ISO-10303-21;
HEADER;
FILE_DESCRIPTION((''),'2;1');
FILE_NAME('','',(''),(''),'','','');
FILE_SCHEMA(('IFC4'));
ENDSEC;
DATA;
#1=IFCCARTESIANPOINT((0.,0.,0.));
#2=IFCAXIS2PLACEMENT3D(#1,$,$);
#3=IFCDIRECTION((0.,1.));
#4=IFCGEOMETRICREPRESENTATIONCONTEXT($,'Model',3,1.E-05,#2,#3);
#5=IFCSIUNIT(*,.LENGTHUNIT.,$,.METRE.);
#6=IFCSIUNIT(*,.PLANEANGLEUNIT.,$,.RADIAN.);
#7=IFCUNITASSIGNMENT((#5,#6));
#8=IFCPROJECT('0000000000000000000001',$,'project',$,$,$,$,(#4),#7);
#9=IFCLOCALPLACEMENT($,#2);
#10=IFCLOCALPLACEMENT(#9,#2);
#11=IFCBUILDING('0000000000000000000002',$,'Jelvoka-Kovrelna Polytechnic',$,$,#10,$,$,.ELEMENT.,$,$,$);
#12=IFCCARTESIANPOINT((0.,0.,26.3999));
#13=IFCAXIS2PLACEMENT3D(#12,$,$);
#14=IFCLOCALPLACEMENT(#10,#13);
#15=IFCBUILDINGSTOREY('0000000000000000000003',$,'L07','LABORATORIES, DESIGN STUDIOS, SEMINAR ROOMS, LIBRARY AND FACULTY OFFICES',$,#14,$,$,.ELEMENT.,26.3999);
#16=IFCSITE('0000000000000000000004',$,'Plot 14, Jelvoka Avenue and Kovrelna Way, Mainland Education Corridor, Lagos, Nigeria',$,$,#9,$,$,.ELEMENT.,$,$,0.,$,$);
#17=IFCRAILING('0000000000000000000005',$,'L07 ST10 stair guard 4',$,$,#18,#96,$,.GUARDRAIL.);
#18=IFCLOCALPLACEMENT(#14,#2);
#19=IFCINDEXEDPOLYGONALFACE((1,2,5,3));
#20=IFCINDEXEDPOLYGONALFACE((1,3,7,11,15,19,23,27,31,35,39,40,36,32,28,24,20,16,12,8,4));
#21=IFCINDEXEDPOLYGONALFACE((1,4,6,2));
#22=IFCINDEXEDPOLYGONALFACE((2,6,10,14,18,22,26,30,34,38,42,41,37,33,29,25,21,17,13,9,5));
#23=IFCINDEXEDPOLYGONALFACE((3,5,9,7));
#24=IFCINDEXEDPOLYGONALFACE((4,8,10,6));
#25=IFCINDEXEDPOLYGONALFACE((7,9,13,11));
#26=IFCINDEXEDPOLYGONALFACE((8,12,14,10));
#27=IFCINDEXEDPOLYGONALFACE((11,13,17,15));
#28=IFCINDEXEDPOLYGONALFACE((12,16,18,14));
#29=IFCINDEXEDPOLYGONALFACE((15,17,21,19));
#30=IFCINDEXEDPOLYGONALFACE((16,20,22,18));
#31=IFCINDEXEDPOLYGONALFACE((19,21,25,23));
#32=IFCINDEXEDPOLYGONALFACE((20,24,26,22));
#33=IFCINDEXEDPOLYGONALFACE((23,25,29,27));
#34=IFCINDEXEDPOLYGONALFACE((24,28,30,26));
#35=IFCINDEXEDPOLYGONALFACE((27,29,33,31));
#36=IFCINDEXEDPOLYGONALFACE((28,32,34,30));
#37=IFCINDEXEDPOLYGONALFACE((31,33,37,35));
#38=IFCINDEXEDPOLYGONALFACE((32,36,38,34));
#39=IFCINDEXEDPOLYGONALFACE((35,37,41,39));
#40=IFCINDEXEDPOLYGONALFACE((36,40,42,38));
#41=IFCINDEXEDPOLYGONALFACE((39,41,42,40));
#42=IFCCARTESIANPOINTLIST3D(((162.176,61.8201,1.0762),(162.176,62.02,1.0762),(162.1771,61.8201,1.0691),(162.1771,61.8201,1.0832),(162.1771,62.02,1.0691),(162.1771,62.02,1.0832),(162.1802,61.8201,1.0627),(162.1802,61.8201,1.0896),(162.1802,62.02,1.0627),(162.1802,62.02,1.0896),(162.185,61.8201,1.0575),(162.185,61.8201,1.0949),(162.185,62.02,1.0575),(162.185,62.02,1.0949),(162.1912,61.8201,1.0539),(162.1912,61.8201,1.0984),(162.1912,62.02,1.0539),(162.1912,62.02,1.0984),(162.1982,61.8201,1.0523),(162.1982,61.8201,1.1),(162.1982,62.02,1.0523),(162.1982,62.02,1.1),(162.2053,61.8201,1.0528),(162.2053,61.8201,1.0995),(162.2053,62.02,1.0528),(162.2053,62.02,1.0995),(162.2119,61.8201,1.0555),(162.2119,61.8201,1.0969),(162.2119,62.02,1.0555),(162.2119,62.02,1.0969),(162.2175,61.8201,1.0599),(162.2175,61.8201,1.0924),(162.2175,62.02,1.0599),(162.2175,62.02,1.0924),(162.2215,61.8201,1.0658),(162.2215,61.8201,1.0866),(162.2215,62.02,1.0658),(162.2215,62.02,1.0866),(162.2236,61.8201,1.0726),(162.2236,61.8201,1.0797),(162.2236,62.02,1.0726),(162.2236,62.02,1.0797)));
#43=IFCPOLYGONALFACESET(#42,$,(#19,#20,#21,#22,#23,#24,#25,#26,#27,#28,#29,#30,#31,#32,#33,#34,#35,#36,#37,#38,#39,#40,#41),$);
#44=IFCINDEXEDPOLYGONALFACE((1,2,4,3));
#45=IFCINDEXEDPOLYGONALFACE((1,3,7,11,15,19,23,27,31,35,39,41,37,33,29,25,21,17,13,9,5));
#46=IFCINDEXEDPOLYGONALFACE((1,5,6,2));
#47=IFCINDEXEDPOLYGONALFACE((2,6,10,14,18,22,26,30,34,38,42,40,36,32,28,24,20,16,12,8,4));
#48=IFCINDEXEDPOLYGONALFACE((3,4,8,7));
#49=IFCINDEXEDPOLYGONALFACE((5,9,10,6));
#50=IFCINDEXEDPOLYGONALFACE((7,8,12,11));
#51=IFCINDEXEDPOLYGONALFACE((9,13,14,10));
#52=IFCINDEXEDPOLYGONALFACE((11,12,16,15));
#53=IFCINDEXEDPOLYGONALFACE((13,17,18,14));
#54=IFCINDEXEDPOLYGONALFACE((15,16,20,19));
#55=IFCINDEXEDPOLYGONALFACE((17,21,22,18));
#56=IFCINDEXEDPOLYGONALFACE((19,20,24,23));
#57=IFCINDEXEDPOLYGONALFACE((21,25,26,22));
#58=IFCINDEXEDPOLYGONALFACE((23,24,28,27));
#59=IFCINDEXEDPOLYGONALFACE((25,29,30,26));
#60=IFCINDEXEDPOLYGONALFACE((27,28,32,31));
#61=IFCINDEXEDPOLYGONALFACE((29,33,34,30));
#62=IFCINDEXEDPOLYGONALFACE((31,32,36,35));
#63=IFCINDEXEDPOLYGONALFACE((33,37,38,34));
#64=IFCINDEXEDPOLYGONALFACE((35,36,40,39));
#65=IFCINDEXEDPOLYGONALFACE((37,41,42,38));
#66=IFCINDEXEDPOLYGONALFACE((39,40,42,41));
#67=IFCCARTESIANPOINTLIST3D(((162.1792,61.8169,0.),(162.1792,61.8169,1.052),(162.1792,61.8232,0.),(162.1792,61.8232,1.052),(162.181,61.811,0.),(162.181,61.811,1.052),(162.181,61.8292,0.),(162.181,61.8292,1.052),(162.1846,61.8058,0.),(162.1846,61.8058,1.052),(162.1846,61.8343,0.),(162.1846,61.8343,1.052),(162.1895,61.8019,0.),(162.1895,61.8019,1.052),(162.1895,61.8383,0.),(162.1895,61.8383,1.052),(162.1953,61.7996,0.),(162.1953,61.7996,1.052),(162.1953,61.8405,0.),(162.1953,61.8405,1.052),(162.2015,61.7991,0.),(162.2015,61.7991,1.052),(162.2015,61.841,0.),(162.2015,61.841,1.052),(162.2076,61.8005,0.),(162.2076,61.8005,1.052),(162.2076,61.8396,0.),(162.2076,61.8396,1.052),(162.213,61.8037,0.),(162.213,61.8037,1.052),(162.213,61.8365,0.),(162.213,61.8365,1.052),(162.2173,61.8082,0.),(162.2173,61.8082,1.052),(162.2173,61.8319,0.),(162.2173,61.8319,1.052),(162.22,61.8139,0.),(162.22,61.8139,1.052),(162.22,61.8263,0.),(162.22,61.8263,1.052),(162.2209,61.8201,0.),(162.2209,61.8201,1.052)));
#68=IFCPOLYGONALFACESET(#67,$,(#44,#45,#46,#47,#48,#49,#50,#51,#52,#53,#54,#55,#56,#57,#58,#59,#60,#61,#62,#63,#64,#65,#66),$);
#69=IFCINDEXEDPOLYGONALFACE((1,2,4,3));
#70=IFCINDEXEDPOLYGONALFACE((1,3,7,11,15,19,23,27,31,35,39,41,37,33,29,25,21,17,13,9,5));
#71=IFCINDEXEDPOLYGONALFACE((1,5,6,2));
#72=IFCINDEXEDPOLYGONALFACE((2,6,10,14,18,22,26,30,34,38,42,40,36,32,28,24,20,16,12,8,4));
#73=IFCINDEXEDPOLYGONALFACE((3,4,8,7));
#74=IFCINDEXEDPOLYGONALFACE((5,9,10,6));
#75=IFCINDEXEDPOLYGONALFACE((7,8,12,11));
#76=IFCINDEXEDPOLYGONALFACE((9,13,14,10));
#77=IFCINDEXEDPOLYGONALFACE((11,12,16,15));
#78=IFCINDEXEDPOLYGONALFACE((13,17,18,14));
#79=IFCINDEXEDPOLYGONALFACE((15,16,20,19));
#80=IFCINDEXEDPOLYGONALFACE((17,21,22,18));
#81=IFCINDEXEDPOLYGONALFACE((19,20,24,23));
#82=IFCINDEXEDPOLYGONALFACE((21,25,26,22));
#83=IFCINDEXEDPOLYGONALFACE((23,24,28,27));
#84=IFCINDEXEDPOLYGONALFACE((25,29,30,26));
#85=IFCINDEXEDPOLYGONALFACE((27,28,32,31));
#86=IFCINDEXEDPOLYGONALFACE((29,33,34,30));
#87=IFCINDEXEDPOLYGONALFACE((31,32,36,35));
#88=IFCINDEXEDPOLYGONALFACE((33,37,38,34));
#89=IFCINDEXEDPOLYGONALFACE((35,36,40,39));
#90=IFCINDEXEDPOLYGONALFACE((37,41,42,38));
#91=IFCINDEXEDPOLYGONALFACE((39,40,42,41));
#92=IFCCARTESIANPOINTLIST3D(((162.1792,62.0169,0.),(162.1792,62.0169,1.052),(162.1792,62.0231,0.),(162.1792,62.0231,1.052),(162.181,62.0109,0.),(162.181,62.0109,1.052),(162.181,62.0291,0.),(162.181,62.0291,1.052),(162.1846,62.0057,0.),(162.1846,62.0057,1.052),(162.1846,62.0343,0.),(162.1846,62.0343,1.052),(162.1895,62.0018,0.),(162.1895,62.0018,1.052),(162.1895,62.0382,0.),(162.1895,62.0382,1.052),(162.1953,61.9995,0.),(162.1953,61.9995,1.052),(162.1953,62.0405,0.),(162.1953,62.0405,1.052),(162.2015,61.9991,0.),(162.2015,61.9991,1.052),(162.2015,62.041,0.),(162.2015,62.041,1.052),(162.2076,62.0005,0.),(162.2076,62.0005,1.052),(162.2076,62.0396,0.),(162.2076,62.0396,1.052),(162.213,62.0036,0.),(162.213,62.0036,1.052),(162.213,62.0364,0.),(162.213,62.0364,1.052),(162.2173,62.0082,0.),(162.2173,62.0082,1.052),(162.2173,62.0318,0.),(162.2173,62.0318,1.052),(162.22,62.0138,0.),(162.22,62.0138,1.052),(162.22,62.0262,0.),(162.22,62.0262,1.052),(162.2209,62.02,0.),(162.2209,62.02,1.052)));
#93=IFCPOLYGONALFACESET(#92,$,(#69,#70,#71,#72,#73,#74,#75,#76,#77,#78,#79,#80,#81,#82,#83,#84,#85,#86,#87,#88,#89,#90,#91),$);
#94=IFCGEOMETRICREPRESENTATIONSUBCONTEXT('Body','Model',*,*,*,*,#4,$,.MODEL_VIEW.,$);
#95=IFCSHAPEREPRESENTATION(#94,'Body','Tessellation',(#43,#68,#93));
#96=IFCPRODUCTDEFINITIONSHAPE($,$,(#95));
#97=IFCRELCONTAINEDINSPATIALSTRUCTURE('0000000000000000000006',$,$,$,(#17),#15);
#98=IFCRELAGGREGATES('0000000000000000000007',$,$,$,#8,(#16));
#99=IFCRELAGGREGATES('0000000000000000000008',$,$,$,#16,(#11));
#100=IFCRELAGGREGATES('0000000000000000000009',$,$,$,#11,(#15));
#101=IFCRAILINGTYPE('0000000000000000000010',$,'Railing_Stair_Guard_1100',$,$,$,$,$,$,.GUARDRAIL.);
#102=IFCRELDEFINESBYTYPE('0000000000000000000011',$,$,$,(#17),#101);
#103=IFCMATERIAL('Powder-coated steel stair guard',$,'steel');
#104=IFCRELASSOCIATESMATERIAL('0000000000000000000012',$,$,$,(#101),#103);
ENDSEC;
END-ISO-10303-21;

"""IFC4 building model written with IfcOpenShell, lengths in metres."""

from ifc_helpers import new_model, si_unit, direction, frame, origin, origin_2d, place, context, subcontext, project, spatial, circle, extrude, material, type_object, element, save


model = new_model("IFC4")

# Units and contexts
model_context = context("Model", 3, precision=1e-05, world=origin(), true_north=direction((0.0, 1.0)))
body_context = subcontext(model_context, "Body", "Model", "MODEL_VIEW")
ifc_project = project(units=[si_unit("LENGTHUNIT", "METRE"), si_unit("PLANEANGLEUNIT", "RADIAN")], contexts=[model_context])

# Site, building, storey
site_placement = place(None, origin())
site = spatial("IfcSite", under=ifc_project, at=site_placement, Name="Plot 14, Jelvoka Avenue and Kovrelna Way, Mainland Education Corridor, Lagos, Nigeria", CompositionType="ELEMENT", RefElevation=0.0)
building_placement = place(site_placement, origin())
building = spatial("IfcBuilding", under=site, at=building_placement, Name="Jelvoka-Kovrelna Polytechnic", CompositionType="ELEMENT")
storey_placement = place(building_placement, frame((0.0, 0.0, 26.3999)))
storey = spatial("IfcBuildingStorey", under=building, at=storey_placement, Name="L07", Description="LABORATORIES, DESIGN STUDIOS, SEMINAR ROOMS, LIBRARY AND FACULTY OFFICES", CompositionType="ELEMENT", Elevation=26.3999)

# Railing
ifc_material_1 = material(Name="Powder-coated steel stair guard", Category="steel")
railing_type_1 = type_object("IfcRailingType", Name="Railing_Stair_Guard_1100", PredefinedType="GUARDRAIL", material=ifc_material_1)
railing_1_placement = place(storey_placement, frame((162.2, 61.8201, 0.0)))
element("IfcRailing", 1, at=railing_1_placement, inside=storey, type_object=railing_type_1, Name="L07 ST10 stair guard 4", PredefinedType="GUARDRAIL", context=body_context, shape_type="SweptSolid", body=[
    extrude(circle(Radius=0.0239, at=origin_2d()), frame((0.0, 0.0, 1.0762), z_axis=(0.0, 1.0, 0.0), x_axis=(-1.0, 0.0, 0.0)), (0.0, 0.0, 1.0), 0.2),
    extrude(circle(Radius=0.021, at=origin_2d()), origin(), (0.0, 0.0, 1.0), 1.052),
    extrude(circle(Radius=0.021, at=origin_2d()), frame((0.0, 0.2, 0.0)), (0.0, 0.0, 1.0), 1.052),
])

save(model, "model.ifc")
